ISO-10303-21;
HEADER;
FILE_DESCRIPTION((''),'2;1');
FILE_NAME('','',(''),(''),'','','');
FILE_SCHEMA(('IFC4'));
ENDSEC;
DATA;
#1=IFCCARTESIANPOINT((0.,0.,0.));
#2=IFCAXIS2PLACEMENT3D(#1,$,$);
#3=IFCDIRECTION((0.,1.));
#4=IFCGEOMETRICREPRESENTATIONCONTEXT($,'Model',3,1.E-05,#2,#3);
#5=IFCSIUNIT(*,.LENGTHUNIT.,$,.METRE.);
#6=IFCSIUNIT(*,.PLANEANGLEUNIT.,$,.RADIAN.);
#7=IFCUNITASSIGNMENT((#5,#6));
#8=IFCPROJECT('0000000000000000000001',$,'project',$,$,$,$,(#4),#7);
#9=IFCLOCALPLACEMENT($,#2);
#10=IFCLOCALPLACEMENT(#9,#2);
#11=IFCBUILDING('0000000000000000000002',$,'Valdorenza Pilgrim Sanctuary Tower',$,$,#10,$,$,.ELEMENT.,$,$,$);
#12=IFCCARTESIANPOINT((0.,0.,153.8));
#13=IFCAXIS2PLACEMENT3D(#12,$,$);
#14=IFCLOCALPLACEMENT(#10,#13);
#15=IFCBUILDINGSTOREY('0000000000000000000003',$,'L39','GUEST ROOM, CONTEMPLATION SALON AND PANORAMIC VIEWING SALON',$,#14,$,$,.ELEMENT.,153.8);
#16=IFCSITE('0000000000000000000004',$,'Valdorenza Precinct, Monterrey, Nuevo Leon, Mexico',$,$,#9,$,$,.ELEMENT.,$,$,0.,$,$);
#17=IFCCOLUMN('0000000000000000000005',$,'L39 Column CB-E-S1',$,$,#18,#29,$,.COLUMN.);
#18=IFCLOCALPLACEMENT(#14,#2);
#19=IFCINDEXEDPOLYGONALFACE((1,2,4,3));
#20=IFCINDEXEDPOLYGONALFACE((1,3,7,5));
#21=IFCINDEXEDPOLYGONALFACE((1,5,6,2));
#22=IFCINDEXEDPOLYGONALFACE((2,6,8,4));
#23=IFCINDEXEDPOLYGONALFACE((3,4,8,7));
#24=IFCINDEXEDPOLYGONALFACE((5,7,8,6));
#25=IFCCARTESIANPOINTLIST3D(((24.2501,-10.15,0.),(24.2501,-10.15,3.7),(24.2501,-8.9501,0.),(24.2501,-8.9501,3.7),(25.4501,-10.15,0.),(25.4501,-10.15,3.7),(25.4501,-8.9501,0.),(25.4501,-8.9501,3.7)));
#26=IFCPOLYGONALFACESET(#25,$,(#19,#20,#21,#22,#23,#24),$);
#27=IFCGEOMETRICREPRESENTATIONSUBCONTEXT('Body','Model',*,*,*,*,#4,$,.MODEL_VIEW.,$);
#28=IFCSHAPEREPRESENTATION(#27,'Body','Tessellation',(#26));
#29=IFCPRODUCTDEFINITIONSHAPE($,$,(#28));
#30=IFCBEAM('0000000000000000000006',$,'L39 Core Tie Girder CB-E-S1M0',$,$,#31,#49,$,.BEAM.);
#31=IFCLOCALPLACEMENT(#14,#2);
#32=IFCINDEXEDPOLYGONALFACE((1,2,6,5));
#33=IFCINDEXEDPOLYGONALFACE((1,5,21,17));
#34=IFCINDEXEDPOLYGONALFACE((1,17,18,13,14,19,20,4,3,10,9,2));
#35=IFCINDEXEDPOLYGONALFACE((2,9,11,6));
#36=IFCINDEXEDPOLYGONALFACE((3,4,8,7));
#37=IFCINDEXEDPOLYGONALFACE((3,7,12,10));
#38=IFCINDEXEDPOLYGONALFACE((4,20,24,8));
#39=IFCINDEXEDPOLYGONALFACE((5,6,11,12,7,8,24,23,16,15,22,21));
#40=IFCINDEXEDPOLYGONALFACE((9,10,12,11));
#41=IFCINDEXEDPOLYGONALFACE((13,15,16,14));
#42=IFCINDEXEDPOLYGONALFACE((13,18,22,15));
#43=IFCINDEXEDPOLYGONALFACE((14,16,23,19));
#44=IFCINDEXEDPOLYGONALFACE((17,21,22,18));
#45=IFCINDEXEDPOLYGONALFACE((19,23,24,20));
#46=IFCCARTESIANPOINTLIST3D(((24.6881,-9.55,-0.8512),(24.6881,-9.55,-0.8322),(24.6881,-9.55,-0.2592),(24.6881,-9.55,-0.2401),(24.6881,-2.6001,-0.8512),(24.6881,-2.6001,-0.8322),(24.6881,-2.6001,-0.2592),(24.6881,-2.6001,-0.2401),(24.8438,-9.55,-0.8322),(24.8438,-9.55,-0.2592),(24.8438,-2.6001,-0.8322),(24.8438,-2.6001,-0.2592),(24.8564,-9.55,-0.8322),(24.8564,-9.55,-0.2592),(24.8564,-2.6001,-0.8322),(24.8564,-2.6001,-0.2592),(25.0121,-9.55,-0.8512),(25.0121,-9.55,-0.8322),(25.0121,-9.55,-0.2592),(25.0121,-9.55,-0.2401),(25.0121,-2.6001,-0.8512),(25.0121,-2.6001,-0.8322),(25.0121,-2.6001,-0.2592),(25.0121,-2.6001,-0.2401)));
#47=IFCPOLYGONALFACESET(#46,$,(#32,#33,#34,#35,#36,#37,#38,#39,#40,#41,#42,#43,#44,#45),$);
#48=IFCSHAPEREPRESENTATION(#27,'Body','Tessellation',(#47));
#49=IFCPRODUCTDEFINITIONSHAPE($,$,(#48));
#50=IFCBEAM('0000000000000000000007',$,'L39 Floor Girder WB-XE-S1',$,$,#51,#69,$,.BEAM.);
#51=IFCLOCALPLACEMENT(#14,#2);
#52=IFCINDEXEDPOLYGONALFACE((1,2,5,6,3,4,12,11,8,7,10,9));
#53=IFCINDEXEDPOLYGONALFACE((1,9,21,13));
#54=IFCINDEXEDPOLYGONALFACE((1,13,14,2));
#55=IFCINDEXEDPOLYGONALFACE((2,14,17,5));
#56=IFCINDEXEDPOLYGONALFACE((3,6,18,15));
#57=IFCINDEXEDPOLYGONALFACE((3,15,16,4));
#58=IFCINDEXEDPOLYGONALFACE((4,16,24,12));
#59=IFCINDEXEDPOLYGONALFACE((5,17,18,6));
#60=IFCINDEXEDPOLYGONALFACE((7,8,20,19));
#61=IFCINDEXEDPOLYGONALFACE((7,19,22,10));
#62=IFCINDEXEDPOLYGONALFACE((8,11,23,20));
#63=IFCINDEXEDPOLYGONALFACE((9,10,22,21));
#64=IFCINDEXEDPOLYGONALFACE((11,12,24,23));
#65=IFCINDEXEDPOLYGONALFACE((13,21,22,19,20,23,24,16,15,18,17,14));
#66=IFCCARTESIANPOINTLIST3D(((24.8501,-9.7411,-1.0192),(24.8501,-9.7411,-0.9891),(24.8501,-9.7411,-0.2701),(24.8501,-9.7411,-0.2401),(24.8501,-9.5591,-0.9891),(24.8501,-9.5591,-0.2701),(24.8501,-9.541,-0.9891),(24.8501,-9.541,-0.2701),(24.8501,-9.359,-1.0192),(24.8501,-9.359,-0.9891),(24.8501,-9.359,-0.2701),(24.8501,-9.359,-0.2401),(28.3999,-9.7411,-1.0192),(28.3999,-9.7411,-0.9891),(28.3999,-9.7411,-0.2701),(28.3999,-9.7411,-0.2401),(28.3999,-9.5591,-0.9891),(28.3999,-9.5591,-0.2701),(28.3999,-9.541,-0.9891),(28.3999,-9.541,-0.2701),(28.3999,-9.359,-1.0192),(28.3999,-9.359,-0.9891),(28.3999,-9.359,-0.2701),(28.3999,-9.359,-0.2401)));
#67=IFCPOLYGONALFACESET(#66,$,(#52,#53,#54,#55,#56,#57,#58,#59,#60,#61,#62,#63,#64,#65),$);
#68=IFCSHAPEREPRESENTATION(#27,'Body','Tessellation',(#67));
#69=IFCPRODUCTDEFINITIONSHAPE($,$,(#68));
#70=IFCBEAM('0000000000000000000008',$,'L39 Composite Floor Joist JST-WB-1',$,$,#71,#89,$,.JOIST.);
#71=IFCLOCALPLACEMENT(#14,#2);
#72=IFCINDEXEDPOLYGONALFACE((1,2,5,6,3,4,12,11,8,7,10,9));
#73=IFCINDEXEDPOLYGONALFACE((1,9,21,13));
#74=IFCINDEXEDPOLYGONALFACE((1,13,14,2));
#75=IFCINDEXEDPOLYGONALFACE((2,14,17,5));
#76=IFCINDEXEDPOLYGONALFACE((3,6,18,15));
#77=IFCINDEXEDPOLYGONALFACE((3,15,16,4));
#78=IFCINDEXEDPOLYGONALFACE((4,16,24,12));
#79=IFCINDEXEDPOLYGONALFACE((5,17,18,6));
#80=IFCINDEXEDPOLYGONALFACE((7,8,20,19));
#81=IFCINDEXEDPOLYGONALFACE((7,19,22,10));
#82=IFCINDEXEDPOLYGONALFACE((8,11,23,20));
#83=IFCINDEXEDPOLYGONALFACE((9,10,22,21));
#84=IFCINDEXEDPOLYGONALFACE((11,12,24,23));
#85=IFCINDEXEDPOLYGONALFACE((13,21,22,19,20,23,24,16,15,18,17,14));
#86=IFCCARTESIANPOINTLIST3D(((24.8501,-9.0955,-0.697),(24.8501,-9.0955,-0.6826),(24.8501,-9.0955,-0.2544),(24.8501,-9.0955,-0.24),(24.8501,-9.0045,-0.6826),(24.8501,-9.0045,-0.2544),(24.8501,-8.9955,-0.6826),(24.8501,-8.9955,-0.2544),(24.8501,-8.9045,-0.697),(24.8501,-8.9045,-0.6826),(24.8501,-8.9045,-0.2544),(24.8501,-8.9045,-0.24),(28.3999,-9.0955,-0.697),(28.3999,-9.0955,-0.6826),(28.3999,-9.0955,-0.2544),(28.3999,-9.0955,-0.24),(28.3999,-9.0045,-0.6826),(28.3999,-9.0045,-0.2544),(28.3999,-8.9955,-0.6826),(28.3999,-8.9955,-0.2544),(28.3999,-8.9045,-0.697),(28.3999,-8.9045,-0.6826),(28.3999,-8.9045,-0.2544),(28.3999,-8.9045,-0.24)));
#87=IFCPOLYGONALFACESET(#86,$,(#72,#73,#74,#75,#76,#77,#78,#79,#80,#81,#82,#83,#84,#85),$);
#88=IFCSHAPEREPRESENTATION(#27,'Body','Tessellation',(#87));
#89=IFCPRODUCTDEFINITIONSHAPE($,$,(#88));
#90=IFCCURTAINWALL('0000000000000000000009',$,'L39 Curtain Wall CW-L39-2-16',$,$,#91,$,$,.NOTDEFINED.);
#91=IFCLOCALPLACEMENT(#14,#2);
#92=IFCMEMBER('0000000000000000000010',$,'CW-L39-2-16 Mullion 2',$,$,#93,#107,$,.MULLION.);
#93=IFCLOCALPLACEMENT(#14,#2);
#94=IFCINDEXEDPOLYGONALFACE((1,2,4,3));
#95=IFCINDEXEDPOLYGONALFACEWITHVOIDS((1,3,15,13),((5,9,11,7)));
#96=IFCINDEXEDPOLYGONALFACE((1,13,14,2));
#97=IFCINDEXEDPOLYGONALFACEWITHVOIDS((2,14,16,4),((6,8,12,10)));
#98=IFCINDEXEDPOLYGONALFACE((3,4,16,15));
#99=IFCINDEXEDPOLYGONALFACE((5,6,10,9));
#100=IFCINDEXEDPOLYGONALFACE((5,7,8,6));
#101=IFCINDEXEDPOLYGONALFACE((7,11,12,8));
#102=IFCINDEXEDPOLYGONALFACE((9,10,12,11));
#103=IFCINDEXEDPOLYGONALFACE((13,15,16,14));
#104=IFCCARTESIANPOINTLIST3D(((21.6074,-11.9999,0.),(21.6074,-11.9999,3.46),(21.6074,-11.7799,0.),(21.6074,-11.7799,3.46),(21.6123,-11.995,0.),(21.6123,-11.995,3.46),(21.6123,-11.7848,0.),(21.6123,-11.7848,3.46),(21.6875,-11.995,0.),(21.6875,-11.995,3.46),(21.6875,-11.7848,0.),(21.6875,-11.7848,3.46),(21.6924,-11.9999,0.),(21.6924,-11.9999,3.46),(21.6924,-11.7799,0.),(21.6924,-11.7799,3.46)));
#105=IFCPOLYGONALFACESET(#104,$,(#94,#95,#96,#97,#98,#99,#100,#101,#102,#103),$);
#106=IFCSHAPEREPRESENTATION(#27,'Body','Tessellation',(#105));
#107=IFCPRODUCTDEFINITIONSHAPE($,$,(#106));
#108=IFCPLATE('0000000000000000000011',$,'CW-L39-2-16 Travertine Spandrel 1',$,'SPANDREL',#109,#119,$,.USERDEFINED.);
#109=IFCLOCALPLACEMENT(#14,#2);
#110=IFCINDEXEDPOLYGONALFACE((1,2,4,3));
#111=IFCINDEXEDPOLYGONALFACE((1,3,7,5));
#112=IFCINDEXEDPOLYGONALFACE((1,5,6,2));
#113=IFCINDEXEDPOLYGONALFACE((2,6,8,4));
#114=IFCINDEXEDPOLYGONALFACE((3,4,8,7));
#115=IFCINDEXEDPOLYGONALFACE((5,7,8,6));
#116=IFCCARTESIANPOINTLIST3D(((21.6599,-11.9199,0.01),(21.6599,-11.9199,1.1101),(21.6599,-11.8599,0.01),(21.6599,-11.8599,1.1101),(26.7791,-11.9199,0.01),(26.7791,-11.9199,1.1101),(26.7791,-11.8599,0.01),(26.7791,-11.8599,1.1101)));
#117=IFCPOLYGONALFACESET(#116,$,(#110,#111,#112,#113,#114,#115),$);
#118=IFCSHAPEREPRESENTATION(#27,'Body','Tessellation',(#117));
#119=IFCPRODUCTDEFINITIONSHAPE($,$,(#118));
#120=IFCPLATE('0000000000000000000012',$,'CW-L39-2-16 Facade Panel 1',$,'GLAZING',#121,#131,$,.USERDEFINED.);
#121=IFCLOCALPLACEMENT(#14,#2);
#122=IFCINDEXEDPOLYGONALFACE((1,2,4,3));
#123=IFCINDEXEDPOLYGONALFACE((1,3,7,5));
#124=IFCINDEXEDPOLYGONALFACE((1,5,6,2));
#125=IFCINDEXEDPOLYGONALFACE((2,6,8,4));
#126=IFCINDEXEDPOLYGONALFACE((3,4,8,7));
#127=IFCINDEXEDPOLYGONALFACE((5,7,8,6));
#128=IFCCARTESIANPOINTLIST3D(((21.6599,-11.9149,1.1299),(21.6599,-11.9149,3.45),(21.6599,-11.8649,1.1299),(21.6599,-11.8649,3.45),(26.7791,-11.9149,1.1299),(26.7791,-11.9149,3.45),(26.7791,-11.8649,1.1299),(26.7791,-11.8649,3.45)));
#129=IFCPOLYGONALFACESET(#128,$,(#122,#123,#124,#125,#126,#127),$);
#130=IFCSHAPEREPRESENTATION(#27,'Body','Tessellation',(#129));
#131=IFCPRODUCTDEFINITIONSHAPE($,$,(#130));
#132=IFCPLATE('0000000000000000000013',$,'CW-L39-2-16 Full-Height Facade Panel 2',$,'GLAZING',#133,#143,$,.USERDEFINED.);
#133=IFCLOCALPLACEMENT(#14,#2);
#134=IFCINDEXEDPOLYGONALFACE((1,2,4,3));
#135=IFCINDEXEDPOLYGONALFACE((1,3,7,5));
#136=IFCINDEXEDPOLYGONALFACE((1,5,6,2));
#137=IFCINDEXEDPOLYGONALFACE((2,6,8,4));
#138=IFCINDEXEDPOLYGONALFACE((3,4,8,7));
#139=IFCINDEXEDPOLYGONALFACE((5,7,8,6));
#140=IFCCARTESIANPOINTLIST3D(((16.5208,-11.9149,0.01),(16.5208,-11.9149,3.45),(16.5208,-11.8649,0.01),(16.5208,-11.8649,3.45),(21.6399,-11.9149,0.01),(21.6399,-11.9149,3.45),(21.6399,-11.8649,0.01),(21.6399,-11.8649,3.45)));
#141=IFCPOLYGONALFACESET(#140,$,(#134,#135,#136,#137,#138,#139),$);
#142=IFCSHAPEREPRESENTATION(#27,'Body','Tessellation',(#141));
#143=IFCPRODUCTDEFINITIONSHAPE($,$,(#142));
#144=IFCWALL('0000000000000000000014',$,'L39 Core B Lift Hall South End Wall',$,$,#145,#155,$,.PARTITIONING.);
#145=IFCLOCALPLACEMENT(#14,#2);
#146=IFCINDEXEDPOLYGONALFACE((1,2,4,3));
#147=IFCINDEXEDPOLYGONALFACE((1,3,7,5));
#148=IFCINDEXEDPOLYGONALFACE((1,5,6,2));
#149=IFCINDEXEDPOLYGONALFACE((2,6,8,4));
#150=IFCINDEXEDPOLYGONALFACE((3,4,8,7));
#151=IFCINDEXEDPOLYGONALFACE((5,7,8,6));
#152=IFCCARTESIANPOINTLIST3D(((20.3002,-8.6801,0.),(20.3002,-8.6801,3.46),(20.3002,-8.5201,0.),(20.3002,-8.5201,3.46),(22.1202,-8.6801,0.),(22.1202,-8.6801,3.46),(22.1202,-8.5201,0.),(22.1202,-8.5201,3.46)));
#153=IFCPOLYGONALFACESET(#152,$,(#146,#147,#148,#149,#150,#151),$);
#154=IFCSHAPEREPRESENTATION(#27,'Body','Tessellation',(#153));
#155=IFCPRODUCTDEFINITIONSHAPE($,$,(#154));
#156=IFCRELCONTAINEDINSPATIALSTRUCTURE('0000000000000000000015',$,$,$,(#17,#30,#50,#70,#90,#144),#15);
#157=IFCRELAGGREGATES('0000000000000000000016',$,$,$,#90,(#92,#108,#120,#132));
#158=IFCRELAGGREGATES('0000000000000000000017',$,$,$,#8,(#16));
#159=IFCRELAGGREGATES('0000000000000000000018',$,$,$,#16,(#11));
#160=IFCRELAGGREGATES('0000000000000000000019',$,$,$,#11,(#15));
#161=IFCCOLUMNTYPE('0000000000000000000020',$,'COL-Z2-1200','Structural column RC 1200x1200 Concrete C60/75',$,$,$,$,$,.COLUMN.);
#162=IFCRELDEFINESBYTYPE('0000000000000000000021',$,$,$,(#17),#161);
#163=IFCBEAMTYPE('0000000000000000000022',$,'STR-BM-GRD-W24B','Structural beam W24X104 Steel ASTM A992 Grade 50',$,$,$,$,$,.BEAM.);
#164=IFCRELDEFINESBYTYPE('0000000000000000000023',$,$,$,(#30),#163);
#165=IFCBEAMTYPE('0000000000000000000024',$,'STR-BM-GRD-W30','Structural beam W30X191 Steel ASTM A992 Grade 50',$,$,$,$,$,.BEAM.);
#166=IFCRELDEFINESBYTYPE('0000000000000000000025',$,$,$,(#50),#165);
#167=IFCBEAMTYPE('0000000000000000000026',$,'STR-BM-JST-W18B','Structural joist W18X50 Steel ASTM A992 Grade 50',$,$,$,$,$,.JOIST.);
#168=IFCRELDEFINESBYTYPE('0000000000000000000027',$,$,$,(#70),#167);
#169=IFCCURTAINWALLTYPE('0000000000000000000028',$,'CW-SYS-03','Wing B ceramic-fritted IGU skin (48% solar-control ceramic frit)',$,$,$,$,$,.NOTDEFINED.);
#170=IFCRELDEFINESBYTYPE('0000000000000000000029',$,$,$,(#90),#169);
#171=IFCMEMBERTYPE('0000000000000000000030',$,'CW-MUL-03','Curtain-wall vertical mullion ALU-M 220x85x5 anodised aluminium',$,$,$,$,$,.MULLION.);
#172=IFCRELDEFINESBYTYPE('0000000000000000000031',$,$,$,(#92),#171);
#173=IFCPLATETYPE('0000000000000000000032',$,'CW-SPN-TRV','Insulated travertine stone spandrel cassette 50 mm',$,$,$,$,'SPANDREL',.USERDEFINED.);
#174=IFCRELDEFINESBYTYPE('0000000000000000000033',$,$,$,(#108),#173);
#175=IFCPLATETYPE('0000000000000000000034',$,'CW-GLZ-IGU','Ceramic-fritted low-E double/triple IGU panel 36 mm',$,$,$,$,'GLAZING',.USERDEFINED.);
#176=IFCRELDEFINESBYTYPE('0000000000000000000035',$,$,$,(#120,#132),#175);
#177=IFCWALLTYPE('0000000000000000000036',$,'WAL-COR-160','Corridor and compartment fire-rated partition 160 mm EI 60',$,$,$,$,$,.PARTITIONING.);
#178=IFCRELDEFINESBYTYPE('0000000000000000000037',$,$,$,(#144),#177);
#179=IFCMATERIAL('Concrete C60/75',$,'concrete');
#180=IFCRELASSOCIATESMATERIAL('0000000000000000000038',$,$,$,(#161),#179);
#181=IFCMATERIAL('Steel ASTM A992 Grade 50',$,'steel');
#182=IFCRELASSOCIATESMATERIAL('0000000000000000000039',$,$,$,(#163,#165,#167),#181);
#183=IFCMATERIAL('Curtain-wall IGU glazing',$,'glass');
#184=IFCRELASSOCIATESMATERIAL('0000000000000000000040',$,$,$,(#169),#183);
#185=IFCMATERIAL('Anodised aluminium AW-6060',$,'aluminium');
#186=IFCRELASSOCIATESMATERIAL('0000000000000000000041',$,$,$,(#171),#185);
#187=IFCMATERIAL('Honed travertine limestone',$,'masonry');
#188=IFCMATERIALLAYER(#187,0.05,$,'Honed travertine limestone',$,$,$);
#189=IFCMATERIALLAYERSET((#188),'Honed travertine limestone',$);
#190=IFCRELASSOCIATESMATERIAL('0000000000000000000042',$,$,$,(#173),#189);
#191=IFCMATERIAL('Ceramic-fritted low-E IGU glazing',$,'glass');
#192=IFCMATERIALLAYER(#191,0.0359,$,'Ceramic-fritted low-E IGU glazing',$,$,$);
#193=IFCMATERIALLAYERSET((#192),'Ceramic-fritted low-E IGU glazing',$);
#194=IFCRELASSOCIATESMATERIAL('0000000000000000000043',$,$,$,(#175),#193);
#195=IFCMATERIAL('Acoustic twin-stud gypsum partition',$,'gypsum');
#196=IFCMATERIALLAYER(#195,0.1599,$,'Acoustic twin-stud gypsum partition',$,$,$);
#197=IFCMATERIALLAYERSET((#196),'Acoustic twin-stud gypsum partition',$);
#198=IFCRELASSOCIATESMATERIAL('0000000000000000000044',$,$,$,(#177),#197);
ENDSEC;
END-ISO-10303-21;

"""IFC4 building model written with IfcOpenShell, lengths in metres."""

from ifc_helpers import new_model, si_unit, direction, frame, frame_2d, origin, origin_2d, place, context, subcontext, project, spatial, rectangle, hollow_rectangle, i_section, extrude, source, transform, mapped, material, layer, layer_set, material_profile, profile_set, type_object, element, aggregate, save


model = new_model("IFC4")

# Units and contexts
model_context = context("Model", 3, precision=1e-05, world=origin(), true_north=direction((0.0, 1.0)))
body_context = subcontext(model_context, "Body", "Model", "MODEL_VIEW")
ifc_project = project(units=[si_unit("LENGTHUNIT", "METRE"), si_unit("PLANEANGLEUNIT", "RADIAN")], contexts=[model_context])

# Site, building, storey
site_placement = place(None, origin())
site = spatial("IfcSite", under=ifc_project, at=site_placement, Name="Valdorenza Precinct, Monterrey, Nuevo Leon, Mexico", CompositionType="ELEMENT", RefElevation=0.0)
building_placement = place(site_placement, origin())
building = spatial("IfcBuilding", under=site, at=building_placement, Name="Valdorenza Pilgrim Sanctuary Tower", CompositionType="ELEMENT")
storey_placement = place(building_placement, frame((0.0, 0.0, 153.8)))
storey = spatial("IfcBuildingStorey", under=building, at=storey_placement, Name="L39", Description="GUEST ROOM, CONTEMPLATION SALON AND PANORAMIC VIEWING SALON", CompositionType="ELEMENT", Elevation=153.8)

# Column
ifc_material_1 = material(Name="Concrete C60/75", Category="concrete")
ifc_material_profile_1 = material_profile(ifc_material_1, rectangle(XDim=1.2, YDim=1.2, at=origin_2d()), Name="RC 1200x1200")
ifc_profile_set_1 = profile_set([ifc_material_profile_1], Name="Concrete C60/75")
column_type = type_object("IfcColumnType", Name="COL-Z2-1200", Description="Structural column RC 1200x1200 Concrete C60/75", PredefinedType="COLUMN", material=ifc_profile_set_1)
shared_shape_1 = source(origin(), body_context, "Body", "SweptSolid", [
    extrude(rectangle(XDim=1.2, YDim=1.2, at=origin_2d()), origin(), (0.0, 0.0, 1.0), 3.7),
])
column_placement = place(storey_placement, frame((24.8501, -9.55, 0.0), z_axis=(0.0, 0.0, 1.0), x_axis=(1.0, 0.0, 0.0)))
element("IfcColumn", 1, at=column_placement, inside=storey, type_object=column_type, Name="L39 Column CB-E-S1", PredefinedType="COLUMN", context=body_context, shape_type="MappedRepresentation", body=[
    mapped(shared_shape_1, transform((0.0, 0.0, 0.0), x_axis=(1.0, 0.0, 0.0), y_axis=(0.0, 1.0, 0.0), z_axis=(0.0, 0.0, 1.0), scale=1.0)),
])

# Beams
ifc_material_2 = material(Name="Steel ASTM A992 Grade 50", Category="steel")
ifc_material_profile_2 = material_profile(ifc_material_2, i_section(OverallWidth=0.324, OverallDepth=0.6111, WebThickness=0.0127, FlangeThickness=0.019, at=origin_2d()), Name="W24X104")
ifc_profile_set_2 = profile_set([ifc_material_profile_2], Name="Steel ASTM A992 Grade 50")
beam_type_1 = type_object("IfcBeamType", Name="STR-BM-GRD-W24B", Description="Structural beam W24X104 Steel ASTM A992 Grade 50", PredefinedType="BEAM", material=ifc_profile_set_2)
shared_shape_2 = source(origin(), body_context, "Body", "SweptSolid", [
    extrude(i_section(OverallWidth=0.324, OverallDepth=0.6111, WebThickness=0.0127, FlangeThickness=0.019, at=origin_2d()), origin(), (0.0, 0.0, 1.0), 6.95),
])
beam_1_placement = place(storey_placement, frame((24.8501, -9.55, -0.5457), z_axis=(0.0, 1.0, 0.0), x_axis=(-1.0, 0.0, 0.0)))
element("IfcBeam", 2, at=beam_1_placement, inside=storey, type_object=beam_type_1, Name="L39 Core Tie Girder CB-E-S1M0", PredefinedType="BEAM", context=body_context, shape_type="MappedRepresentation", body=[
    mapped(shared_shape_2, transform((0.0, 0.0, 0.0), x_axis=(1.0, 0.0, 0.0), y_axis=(0.0, 1.0, 0.0), z_axis=(0.0, 0.0, 1.0), scale=1.0)),
])
ifc_material_profile_3 = material_profile(ifc_material_2, i_section(OverallWidth=0.3821, OverallDepth=0.7791, WebThickness=0.0181, FlangeThickness=0.03, at=origin_2d()), Name="W30X191")
ifc_profile_set_3 = profile_set([ifc_material_profile_3], Name="Steel ASTM A992 Grade 50")
beam_type_2 = type_object("IfcBeamType", Name="STR-BM-GRD-W30", Description="Structural beam W30X191 Steel ASTM A992 Grade 50", PredefinedType="BEAM", material=ifc_profile_set_3)
shared_shape_3 = source(origin(), body_context, "Body", "SweptSolid", [
    extrude(i_section(OverallWidth=0.3821, OverallDepth=0.7791, WebThickness=0.0181, FlangeThickness=0.03, at=origin_2d()), origin(), (0.0, 0.0, 1.0), 3.5498),
])
beam_2_placement = place(storey_placement, frame((24.8501, -9.55, -0.6296), z_axis=(1.0, 0.0, 0.0), x_axis=(0.0, 1.0, 0.0)))
element("IfcBeam", 3, at=beam_2_placement, inside=storey, type_object=beam_type_2, Name="L39 Floor Girder WB-XE-S1", PredefinedType="BEAM", context=body_context, shape_type="MappedRepresentation", body=[
    mapped(shared_shape_3, transform((0.0, 0.0, 0.0), x_axis=(1.0, 0.0, 0.0), y_axis=(0.0, 1.0, 0.0), z_axis=(0.0, 0.0, 1.0), scale=1.0)),
])
ifc_material_profile_4 = material_profile(ifc_material_2, i_section(OverallWidth=0.1909, OverallDepth=0.457, WebThickness=0.009, FlangeThickness=0.0144, at=origin_2d()), Name="W18X50")
ifc_profile_set_4 = profile_set([ifc_material_profile_4], Name="Steel ASTM A992 Grade 50")
beam_type_3 = type_object("IfcBeamType", Name="STR-BM-JST-W18B", Description="Structural joist W18X50 Steel ASTM A992 Grade 50", PredefinedType="JOIST", material=ifc_profile_set_4)
shared_shape_4 = source(origin(), body_context, "Body", "SweptSolid", [
    extrude(i_section(OverallWidth=0.1909, OverallDepth=0.457, WebThickness=0.009, FlangeThickness=0.0144, at=origin_2d()), origin(), (0.0, 0.0, 1.0), 3.5498),
])
beam_3_placement = place(storey_placement, frame((24.8501, -9.0, -0.4685), z_axis=(1.0, 0.0, 0.0), x_axis=(0.0, 1.0, 0.0)))
element("IfcBeam", 4, at=beam_3_placement, inside=storey, type_object=beam_type_3, Name="L39 Composite Floor Joist JST-WB-1", PredefinedType="JOIST", context=body_context, shape_type="MappedRepresentation", body=[
    mapped(shared_shape_4, transform((0.0, 0.0, 0.0), x_axis=(1.0, 0.0, 0.0), y_axis=(0.0, 1.0, 0.0), z_axis=(0.0, 0.0, 1.0), scale=1.0)),
])

# Curtain wall, member, plates
ifc_material_3 = material(Name="Curtain-wall IGU glazing", Category="glass")
curtain_wall_type = type_object("IfcCurtainWallType", Name="CW-SYS-03", Description="Wing B ceramic-fritted IGU skin (48% solar-control ceramic frit)", PredefinedType="NOTDEFINED", material=ifc_material_3)
curtain_wall_placement = place(storey_placement, origin())
curtain_wall = element("IfcCurtainWall", 5, at=curtain_wall_placement, inside=storey, type_object=curtain_wall_type, Name="L39 Curtain Wall CW-L39-2-16", PredefinedType="NOTDEFINED")
ifc_material_4 = material(Name="Anodised aluminium AW-6060", Category="aluminium")
ifc_material_profile_5 = material_profile(ifc_material_4, hollow_rectangle(XDim=0.085, YDim=0.22, WallThickness=0.0049, at=origin_2d()), Name="ALU-M 220x85x5")
ifc_profile_set_5 = profile_set([ifc_material_profile_5], Name="Anodised aluminium AW-6060")
member_type = type_object("IfcMemberType", Name="CW-MUL-03", Description="Curtain-wall vertical mullion ALU-M 220x85x5 anodised aluminium", PredefinedType="MULLION", material=ifc_profile_set_5)
shared_shape_5 = source(origin(), body_context, "Body", "SweptSolid", [
    extrude(hollow_rectangle(XDim=0.085, YDim=0.22, WallThickness=0.0049, at=origin_2d()), origin(), (0.0, 0.0, 1.0), 3.46),
])
member_placement = place(storey_placement, frame((21.6499, -11.8899, 0.0), z_axis=(0.0, 0.0, 1.0), x_axis=(-1.0, 0.0, 0.0)))
member = element("IfcMember", 6, at=member_placement, type_object=member_type, Name="CW-L39-2-16 Mullion 2", PredefinedType="MULLION", context=body_context, shape_type="MappedRepresentation", body=[
    mapped(shared_shape_5, transform((0.0, 0.0, 0.0), x_axis=(1.0, 0.0, 0.0), y_axis=(0.0, 1.0, 0.0), z_axis=(0.0, 0.0, 1.0), scale=1.0)),
])
ifc_material_5 = material(Name="Honed travertine limestone", Category="masonry")
ifc_layer_1 = layer(ifc_material_5, 0.05, Name="Honed travertine limestone")
ifc_layer_set_1 = layer_set([ifc_layer_1], Name="Honed travertine limestone")
plate_type_1 = type_object("IfcPlateType", Name="CW-SPN-TRV", Description="Insulated travertine stone spandrel cassette 50 mm", ElementType="SPANDREL", PredefinedType="USERDEFINED", material=ifc_layer_set_1)
shared_shape_6 = source(origin(), body_context, "Body", "SweptSolid", [
    extrude(rectangle(XDim=5.1191, YDim=0.0601, at=origin_2d()), origin(), (0.0, 0.0, 1.0), 1.1001),
])
plate_1_placement = place(storey_placement, frame((24.2195, -11.8899, 0.01), z_axis=(0.0, 0.0, 1.0), x_axis=(-1.0, 0.0, 0.0)))
plate_1 = element("IfcPlate", 7, at=plate_1_placement, type_object=plate_type_1, Name="CW-L39-2-16 Travertine Spandrel 1", ObjectType="SPANDREL", PredefinedType="USERDEFINED", context=body_context, shape_type="MappedRepresentation", body=[
    mapped(shared_shape_6, transform((0.0, 0.0, 0.0), x_axis=(1.0, 0.0, 0.0), y_axis=(0.0, 1.0, 0.0), z_axis=(0.0, 0.0, 1.0), scale=1.0)),
])
ifc_material_6 = material(Name="Ceramic-fritted low-E IGU glazing", Category="glass")
ifc_layer_2 = layer(ifc_material_6, 0.0359, Name="Ceramic-fritted low-E IGU glazing")
ifc_layer_set_2 = layer_set([ifc_layer_2], Name="Ceramic-fritted low-E IGU glazing")
plate_type_2 = type_object("IfcPlateType", Name="CW-GLZ-IGU", Description="Ceramic-fritted low-E double/triple IGU panel 36 mm", ElementType="GLAZING", PredefinedType="USERDEFINED", material=ifc_layer_set_2)
shared_shape_7 = source(origin(), body_context, "Body", "SweptSolid", [
    extrude(rectangle(XDim=5.1191, YDim=0.05, at=origin_2d()), origin(), (0.0, 0.0, 1.0), 2.3201),
])
plate_2_placement = place(storey_placement, frame((24.2195, -11.8899, 1.1299), z_axis=(0.0, 0.0, 1.0), x_axis=(-1.0, 0.0, 0.0)))
plate_2 = element("IfcPlate", 8, at=plate_2_placement, type_object=plate_type_2, Name="CW-L39-2-16 Facade Panel 1", ObjectType="GLAZING", PredefinedType="USERDEFINED", context=body_context, shape_type="MappedRepresentation", body=[
    mapped(shared_shape_7, transform((0.0, 0.0, 0.0), x_axis=(1.0, 0.0, 0.0), y_axis=(0.0, 1.0, 0.0), z_axis=(0.0, 0.0, 1.0), scale=1.0)),
])
shared_shape_8 = source(origin(), body_context, "Body", "SweptSolid", [
    extrude(rectangle(XDim=5.1191, YDim=0.05, at=origin_2d()), origin(), (0.0, 0.0, 1.0), 3.4399),
])
plate_3_placement = place(storey_placement, frame((19.0803, -11.8899, 0.01), z_axis=(0.0, 0.0, 1.0), x_axis=(-1.0, 0.0, 0.0)))
plate_3 = element("IfcPlate", 9, at=plate_3_placement, type_object=plate_type_2, Name="CW-L39-2-16 Full-Height Facade Panel 2", ObjectType="GLAZING", PredefinedType="USERDEFINED", context=body_context, shape_type="MappedRepresentation", body=[
    mapped(shared_shape_8, transform((0.0, 0.0, 0.0), x_axis=(1.0, 0.0, 0.0), y_axis=(0.0, 1.0, 0.0), z_axis=(0.0, 0.0, 1.0), scale=1.0)),
])
aggregate(curtain_wall, [member, plate_1, plate_2, plate_3])

# Wall
ifc_material_7 = material(Name="Acoustic twin-stud gypsum partition", Category="gypsum")
ifc_layer_3 = layer(ifc_material_7, 0.1599, Name="Acoustic twin-stud gypsum partition")
ifc_layer_set_3 = layer_set([ifc_layer_3], Name="Acoustic twin-stud gypsum partition")
wall_type_1 = type_object("IfcWallType", Name="WAL-COR-160", Description="Corridor and compartment fire-rated partition 160 mm EI 60", PredefinedType="PARTITIONING", material=ifc_layer_set_3)
wall_1_placement = place(storey_placement, frame((20.3, -8.6001, 0.0), z_axis=(0.0, 0.0, 1.0), x_axis=(1.0, 0.0, 0.0)))
element("IfcWall", 10, at=wall_1_placement, inside=storey, type_object=wall_type_1, Name="L39 Core B Lift Hall South End Wall", PredefinedType="PARTITIONING", context=body_context, shape_type="SweptSolid", body=[
    extrude(rectangle(XDim=1.8201, YDim=0.1599, at=frame_2d((0.9102, 0.0))), origin(), (0.0, 0.0, 1.0), 3.46),
])

save(model, "model.ifc")
